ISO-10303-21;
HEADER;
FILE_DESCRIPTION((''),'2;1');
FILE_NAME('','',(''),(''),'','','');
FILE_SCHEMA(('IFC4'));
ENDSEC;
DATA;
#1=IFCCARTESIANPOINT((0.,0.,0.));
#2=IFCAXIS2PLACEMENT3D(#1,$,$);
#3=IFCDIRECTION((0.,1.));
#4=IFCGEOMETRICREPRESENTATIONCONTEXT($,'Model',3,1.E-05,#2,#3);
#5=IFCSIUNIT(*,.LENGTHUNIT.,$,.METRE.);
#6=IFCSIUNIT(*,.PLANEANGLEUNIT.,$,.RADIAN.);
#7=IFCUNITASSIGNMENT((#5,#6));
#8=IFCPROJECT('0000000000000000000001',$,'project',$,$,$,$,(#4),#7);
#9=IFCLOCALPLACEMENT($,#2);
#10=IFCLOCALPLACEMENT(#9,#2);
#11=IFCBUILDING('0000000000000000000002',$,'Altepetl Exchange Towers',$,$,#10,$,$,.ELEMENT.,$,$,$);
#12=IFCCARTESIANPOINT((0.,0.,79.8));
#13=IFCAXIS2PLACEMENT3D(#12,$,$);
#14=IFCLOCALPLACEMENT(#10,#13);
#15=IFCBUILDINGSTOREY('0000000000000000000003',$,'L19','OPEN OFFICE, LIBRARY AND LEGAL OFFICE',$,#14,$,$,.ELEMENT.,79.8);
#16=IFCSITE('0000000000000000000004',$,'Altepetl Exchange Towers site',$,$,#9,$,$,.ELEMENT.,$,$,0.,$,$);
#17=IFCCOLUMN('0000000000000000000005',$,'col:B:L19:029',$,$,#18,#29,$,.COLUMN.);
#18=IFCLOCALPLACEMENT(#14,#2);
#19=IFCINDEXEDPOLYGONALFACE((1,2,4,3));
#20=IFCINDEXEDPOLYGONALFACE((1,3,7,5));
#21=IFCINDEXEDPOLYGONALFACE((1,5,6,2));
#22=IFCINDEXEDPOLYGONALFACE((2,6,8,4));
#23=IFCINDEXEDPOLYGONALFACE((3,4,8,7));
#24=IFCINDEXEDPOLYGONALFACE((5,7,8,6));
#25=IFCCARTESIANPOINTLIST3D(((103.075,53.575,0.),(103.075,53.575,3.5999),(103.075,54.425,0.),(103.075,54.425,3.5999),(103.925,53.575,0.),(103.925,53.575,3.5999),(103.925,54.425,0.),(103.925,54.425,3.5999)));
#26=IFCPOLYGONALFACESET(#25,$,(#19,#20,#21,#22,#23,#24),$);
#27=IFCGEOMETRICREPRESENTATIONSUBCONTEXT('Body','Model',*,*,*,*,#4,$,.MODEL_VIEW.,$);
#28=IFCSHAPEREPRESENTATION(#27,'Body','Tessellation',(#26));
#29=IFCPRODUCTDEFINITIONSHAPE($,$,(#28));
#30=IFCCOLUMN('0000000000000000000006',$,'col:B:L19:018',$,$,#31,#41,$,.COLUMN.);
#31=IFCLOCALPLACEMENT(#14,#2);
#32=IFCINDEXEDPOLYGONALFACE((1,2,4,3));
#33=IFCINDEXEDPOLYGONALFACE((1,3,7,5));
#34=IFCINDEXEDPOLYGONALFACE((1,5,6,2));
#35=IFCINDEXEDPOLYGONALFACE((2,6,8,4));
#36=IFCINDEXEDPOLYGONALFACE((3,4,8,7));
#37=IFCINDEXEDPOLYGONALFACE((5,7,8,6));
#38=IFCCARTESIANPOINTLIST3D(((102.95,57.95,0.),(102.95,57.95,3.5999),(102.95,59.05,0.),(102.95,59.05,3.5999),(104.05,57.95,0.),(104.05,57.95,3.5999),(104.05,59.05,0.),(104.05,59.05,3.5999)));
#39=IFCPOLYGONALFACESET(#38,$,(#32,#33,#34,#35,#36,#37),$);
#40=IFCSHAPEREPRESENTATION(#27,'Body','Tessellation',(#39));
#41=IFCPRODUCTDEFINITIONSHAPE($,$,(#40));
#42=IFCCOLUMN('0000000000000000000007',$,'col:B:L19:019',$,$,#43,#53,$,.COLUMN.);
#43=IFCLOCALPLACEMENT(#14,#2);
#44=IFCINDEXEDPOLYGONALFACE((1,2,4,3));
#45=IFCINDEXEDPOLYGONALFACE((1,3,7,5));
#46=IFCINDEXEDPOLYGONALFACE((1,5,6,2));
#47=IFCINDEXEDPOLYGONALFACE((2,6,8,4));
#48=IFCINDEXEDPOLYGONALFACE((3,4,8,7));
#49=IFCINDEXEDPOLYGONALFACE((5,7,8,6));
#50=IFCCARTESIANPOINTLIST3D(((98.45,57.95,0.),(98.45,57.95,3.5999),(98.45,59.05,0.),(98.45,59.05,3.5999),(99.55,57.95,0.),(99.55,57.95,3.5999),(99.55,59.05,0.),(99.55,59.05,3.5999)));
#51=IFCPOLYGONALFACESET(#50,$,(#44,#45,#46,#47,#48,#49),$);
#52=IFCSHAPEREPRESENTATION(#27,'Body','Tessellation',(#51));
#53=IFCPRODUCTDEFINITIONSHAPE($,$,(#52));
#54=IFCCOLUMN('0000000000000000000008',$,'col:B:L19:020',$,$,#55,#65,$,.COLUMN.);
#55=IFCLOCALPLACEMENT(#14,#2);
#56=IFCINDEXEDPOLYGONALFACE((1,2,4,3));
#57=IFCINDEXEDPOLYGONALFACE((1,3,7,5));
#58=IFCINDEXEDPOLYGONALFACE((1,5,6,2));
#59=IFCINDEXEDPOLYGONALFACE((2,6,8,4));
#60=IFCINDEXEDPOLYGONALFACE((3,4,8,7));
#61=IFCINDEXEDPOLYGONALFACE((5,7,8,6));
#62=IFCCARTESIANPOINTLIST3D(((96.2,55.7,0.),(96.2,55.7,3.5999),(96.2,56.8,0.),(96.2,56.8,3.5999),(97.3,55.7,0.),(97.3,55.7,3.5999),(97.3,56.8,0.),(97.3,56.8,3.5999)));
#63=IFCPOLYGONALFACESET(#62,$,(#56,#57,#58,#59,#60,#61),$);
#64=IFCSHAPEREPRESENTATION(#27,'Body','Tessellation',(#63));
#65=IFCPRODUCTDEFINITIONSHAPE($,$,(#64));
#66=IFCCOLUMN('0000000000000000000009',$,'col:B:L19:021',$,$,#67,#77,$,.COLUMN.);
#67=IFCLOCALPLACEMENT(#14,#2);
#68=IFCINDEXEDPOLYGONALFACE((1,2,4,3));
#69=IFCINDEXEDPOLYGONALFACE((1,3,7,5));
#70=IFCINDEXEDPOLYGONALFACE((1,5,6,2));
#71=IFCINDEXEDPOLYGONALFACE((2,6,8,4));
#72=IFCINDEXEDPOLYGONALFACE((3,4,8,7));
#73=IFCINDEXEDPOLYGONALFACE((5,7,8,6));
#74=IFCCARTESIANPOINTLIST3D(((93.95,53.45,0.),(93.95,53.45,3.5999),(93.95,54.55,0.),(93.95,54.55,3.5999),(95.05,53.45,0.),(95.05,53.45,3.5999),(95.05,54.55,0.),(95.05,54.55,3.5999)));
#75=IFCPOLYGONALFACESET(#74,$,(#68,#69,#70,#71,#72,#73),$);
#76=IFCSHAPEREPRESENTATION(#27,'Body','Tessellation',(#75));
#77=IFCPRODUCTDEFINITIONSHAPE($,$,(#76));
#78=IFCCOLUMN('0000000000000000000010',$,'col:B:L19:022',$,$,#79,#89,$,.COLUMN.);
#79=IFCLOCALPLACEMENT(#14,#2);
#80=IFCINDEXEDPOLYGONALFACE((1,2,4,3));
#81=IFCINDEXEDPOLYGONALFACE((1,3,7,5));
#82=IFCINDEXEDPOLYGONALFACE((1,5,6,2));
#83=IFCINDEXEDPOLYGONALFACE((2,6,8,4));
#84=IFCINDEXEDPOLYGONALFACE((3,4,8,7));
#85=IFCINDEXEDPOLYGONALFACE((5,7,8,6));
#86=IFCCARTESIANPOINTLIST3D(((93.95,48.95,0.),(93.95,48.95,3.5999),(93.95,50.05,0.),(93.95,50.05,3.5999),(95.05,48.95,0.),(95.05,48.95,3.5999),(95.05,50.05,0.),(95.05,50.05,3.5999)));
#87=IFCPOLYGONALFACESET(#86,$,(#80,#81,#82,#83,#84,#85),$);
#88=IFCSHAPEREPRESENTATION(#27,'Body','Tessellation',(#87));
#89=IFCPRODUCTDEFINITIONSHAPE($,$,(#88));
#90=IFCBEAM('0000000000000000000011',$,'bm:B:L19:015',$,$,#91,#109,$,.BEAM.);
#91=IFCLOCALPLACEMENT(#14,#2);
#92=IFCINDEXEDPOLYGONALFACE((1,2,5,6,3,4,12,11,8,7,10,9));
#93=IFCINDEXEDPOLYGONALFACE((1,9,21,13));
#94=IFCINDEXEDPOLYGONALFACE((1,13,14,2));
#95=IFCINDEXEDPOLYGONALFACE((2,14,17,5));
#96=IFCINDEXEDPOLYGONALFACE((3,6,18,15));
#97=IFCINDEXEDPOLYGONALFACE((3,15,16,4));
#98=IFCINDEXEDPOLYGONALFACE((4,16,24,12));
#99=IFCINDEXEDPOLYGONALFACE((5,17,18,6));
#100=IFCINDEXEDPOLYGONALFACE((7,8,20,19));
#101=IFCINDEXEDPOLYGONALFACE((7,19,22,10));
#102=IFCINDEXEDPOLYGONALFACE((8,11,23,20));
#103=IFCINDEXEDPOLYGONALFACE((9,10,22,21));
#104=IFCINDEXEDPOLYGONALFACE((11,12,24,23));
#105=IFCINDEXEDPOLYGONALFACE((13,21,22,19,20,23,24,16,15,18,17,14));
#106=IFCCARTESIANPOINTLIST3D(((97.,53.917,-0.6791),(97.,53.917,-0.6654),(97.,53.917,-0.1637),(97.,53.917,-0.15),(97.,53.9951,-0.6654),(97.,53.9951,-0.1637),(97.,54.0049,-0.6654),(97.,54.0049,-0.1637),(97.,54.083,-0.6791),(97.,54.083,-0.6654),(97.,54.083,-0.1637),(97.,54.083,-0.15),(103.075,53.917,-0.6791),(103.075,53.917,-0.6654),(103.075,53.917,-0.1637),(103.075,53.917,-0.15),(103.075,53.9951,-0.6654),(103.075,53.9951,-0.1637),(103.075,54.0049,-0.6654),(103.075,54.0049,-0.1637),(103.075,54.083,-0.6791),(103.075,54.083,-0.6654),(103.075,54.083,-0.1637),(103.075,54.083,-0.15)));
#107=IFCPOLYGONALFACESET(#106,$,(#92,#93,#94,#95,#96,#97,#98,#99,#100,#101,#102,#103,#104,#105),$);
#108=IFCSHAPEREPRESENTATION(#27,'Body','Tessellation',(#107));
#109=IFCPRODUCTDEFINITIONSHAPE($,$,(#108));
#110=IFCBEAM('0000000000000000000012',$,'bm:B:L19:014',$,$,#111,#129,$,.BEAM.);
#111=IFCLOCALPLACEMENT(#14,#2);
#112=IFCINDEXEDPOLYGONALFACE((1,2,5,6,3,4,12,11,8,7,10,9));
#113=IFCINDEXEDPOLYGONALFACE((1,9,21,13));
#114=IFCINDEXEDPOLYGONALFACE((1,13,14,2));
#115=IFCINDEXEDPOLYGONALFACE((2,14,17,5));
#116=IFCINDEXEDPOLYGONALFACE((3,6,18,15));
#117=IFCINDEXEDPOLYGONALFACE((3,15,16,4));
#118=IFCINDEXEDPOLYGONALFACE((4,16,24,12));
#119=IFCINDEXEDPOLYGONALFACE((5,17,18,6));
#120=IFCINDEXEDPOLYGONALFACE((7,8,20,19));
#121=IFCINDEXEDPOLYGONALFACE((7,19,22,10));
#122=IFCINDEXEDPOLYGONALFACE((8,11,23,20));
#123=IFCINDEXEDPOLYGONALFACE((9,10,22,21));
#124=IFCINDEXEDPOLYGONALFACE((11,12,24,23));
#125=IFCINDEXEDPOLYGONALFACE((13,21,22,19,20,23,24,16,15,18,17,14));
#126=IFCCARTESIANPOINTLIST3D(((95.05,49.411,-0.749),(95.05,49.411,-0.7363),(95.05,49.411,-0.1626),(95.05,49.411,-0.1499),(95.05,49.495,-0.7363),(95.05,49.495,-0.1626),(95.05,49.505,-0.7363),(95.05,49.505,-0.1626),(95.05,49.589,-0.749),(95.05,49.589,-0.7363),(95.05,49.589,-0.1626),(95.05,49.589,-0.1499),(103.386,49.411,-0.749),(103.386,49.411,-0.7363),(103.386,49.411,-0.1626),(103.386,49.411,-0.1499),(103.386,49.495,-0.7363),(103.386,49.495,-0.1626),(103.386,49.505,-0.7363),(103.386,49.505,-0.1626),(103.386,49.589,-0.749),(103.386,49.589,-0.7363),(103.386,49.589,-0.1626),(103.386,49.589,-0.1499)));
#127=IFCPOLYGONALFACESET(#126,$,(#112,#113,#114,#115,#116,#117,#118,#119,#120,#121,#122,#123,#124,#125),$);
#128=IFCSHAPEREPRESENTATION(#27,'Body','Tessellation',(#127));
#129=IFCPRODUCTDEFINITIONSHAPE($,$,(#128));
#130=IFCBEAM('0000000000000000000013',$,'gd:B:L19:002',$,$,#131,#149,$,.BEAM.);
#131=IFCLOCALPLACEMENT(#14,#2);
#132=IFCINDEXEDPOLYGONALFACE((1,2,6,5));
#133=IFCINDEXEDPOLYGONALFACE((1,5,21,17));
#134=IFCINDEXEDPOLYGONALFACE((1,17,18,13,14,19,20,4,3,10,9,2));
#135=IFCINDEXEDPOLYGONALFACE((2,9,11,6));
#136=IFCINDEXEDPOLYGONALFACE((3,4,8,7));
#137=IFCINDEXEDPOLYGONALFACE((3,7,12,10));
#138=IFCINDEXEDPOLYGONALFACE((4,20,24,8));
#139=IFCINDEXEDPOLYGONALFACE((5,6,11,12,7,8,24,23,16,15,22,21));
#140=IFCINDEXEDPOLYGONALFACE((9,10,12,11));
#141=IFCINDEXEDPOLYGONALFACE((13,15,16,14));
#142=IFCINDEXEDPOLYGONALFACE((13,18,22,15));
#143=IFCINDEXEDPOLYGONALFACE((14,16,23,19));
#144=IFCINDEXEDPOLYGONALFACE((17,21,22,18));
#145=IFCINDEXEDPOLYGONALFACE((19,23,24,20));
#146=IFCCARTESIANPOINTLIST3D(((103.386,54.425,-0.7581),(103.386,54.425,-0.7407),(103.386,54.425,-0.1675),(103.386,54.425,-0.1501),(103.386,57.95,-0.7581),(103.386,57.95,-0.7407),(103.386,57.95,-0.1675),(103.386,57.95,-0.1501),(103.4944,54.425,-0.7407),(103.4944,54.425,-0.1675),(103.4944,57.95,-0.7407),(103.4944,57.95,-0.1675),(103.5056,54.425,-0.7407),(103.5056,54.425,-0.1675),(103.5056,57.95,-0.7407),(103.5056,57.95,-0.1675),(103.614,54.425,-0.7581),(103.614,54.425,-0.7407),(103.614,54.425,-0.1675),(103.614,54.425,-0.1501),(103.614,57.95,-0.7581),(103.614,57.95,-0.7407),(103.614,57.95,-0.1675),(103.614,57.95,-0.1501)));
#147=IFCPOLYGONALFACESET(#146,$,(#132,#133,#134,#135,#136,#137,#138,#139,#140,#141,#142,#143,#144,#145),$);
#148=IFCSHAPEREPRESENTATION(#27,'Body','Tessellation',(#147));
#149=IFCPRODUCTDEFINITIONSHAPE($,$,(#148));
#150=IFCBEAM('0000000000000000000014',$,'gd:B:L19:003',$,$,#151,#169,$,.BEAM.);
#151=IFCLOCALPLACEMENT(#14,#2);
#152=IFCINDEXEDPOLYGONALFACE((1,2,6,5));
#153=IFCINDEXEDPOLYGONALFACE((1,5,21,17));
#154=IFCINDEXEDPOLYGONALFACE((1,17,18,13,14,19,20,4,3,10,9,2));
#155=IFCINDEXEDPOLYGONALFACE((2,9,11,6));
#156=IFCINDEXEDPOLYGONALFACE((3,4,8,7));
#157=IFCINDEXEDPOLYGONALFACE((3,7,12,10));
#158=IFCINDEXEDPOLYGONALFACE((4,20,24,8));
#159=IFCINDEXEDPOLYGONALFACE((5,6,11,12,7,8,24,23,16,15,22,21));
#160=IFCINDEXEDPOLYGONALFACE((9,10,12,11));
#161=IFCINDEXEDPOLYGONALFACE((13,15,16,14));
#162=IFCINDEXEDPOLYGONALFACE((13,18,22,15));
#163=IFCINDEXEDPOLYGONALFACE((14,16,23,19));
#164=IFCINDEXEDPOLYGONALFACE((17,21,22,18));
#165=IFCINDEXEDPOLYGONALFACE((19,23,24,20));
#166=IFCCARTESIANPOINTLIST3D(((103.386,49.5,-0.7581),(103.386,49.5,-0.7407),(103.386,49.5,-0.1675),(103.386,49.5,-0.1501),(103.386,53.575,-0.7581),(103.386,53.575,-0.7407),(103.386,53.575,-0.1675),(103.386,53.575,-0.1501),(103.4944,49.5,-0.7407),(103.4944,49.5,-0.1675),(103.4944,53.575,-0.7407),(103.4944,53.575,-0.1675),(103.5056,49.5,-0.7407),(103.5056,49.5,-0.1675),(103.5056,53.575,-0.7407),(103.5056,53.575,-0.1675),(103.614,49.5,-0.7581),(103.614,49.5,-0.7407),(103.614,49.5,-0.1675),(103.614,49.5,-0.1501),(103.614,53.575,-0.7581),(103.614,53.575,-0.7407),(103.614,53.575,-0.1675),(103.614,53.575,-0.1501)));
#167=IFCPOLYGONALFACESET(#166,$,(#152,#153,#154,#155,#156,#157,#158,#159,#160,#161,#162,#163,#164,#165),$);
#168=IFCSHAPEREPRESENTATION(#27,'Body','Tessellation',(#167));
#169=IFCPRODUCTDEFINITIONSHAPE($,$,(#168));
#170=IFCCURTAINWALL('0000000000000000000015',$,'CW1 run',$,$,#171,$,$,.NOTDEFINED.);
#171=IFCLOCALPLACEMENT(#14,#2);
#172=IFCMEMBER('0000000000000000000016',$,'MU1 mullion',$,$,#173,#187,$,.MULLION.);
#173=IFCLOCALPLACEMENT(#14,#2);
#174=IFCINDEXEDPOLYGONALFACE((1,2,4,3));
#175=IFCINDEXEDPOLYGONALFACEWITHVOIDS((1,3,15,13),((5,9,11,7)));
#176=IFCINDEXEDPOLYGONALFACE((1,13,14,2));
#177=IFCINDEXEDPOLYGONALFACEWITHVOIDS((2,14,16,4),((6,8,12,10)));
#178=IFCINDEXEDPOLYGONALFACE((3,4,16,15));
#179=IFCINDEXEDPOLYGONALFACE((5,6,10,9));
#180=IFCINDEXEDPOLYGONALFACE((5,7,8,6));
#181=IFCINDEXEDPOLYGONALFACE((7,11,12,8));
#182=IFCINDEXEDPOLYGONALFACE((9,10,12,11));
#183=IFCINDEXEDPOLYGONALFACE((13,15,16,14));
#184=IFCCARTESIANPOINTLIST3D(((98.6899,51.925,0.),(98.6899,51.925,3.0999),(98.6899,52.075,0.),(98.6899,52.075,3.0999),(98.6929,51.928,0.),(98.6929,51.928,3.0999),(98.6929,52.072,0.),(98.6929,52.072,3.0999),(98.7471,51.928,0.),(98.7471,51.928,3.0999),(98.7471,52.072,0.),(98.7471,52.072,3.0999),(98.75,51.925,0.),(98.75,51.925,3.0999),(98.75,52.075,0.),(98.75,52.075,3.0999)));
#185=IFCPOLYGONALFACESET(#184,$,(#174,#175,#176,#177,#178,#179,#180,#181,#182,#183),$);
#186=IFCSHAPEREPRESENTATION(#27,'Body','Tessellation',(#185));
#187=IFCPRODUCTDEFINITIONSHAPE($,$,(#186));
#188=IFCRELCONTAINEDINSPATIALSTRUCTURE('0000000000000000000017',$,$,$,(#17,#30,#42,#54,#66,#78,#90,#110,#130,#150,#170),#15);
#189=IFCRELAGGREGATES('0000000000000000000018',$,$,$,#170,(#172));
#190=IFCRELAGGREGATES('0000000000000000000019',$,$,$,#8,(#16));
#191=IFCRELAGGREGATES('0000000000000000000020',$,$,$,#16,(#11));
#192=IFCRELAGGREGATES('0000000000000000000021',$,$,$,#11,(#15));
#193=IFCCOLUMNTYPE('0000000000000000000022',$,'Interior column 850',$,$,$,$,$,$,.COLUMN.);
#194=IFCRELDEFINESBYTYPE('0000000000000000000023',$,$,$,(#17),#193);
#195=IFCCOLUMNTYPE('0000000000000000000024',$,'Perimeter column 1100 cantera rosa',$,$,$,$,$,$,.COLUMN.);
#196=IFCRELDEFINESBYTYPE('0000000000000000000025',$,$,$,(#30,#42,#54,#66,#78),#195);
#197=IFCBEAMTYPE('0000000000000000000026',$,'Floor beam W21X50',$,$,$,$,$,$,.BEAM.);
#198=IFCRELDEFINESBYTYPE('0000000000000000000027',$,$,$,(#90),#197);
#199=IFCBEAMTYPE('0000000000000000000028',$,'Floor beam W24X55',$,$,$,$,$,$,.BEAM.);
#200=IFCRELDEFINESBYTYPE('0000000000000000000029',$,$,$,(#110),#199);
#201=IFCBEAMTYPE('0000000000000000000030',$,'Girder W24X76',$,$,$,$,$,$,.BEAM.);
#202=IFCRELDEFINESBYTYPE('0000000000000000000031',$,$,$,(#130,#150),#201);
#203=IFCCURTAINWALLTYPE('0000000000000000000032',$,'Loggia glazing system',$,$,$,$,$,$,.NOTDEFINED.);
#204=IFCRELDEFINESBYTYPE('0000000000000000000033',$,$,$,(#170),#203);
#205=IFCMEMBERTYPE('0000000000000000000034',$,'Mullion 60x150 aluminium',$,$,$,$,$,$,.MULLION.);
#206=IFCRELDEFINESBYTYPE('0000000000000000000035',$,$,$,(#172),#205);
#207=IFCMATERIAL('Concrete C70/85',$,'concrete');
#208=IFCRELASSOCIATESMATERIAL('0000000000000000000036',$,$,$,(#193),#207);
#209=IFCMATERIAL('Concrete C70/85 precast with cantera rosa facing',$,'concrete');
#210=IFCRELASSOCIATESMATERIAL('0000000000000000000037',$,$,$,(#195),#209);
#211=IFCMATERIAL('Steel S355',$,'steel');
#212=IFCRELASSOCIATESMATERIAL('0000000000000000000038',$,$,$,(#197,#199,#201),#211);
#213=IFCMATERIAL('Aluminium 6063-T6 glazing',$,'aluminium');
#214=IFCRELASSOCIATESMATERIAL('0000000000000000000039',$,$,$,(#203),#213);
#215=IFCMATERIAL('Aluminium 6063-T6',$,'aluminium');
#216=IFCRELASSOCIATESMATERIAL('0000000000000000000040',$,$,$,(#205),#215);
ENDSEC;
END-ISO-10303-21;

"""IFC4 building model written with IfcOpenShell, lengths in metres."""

from ifc_helpers import new_model, si_unit, direction, frame, origin, origin_2d, place, context, subcontext, project, spatial, rectangle, hollow_rectangle, i_section, extrude, material, material_profile, profile_set, type_object, element, aggregate, save


model = new_model("IFC4")

# Units and contexts
model_context = context("Model", 3, precision=1e-05, world=origin(), true_north=direction((0.0, 1.0)))
body_context = subcontext(model_context, "Body", "Model", "MODEL_VIEW")
ifc_project = project(units=[si_unit("LENGTHUNIT", "METRE"), si_unit("PLANEANGLEUNIT", "RADIAN")], contexts=[model_context])

# Site, building, storey
site_placement = place(None, origin())
site = spatial("IfcSite", under=ifc_project, at=site_placement, Name="Altepetl Exchange Towers site", CompositionType="ELEMENT", RefElevation=0.0)
building_placement = place(site_placement, origin())
building = spatial("IfcBuilding", under=site, at=building_placement, Name="Altepetl Exchange Towers", CompositionType="ELEMENT")
storey_placement = place(building_placement, frame((0.0, 0.0, 79.8)))
storey = spatial("IfcBuildingStorey", under=building, at=storey_placement, Name="L19", Description="OPEN OFFICE, LIBRARY AND LEGAL OFFICE", CompositionType="ELEMENT", Elevation=79.8)

# Columns
ifc_material_1 = material(Name="Concrete C70/85", Category="concrete")
ifc_material_profile_1 = material_profile(ifc_material_1, rectangle(XDim=0.8501, YDim=0.8501, at=origin_2d()), Name="850 x 850")
ifc_profile_set_1 = profile_set([ifc_material_profile_1], Name="Concrete C70/85")
column_type_1 = type_object("IfcColumnType", Name="Interior column 850", PredefinedType="COLUMN", material=ifc_profile_set_1)
column_placement = place(storey_placement, frame((103.5, 54.0, 0.0)))
element("IfcColumn", 1, at=column_placement, inside=storey, type_object=column_type_1, Name="col:B:L19:029", PredefinedType="COLUMN", context=body_context, shape_type="SweptSolid", body=[
    extrude(rectangle(XDim=0.8501, YDim=0.8501, at=origin_2d()), origin(), (0.0, 0.0, 1.0), 3.5999),
])
ifc_material_2 = material(Name="Concrete C70/85 precast with cantera rosa facing", Category="concrete")
ifc_material_profile_2 = material_profile(ifc_material_2, rectangle(XDim=1.1001, YDim=1.1001, at=origin_2d()), Name="1100 x 1100")
ifc_profile_set_2 = profile_set([ifc_material_profile_2], Name="Concrete C70/85 precast with cantera rosa facing")
column_type_2 = type_object("IfcColumnType", Name="Perimeter column 1100 cantera rosa", PredefinedType="COLUMN", material=ifc_profile_set_2)
for number, where, name in (
    (2, (103.5, 58.5, 0.0), "col:B:L19:018"),
    (3, (99.0, 58.5, 0.0), "col:B:L19:019"),
    (4, (96.75, 56.25, 0.0), "col:B:L19:020"),
    (5, (94.5, 54.0, 0.0), "col:B:L19:021"),
    (6, (94.5, 49.5, 0.0), "col:B:L19:022"),
):
    element("IfcColumn", number, at=place(storey_placement, frame(where)), inside=storey, type_object=column_type_2, Name=name, PredefinedType="COLUMN", context=body_context, shape_type="SweptSolid", body=[
        extrude(rectangle(XDim=1.1001, YDim=1.1001, at=origin_2d()), origin(), (0.0, 0.0, 1.0), 3.5999),
    ])

# Beams
ifc_material_3 = material(Name="Steel S355", Category="steel")
ifc_material_profile_3 = material_profile(ifc_material_3, i_section(OverallWidth=0.166, OverallDepth=0.5291, WebThickness=0.0098, FlangeThickness=0.0137, at=origin_2d()), Name="W21X50")
ifc_profile_set_3 = profile_set([ifc_material_profile_3], Name="Steel S355")
beam_type_1 = type_object("IfcBeamType", Name="Floor beam W21X50", PredefinedType="BEAM", material=ifc_profile_set_3)
beam_1_placement = place(storey_placement, frame((97.0, 54.0, -0.4146), z_axis=(1.0, 0.0, 0.0), x_axis=(0.0, 1.0, 0.0)))
element("IfcBeam", 7, at=beam_1_placement, inside=storey, type_object=beam_type_1, Name="bm:B:L19:015", PredefinedType="BEAM", context=body_context, shape_type="SweptSolid", body=[
    extrude(i_section(OverallWidth=0.166, OverallDepth=0.5291, WebThickness=0.0098, FlangeThickness=0.0137, at=origin_2d()), origin(), (0.0, 0.0, 1.0), 6.075),
])
ifc_material_profile_4 = material_profile(ifc_material_3, i_section(OverallWidth=0.178, OverallDepth=0.5991, WebThickness=0.01, FlangeThickness=0.0127, at=origin_2d()), Name="W24X55")
ifc_profile_set_4 = profile_set([ifc_material_profile_4], Name="Steel S355")
beam_type_2 = type_object("IfcBeamType", Name="Floor beam W24X55", PredefinedType="BEAM", material=ifc_profile_set_4)
beam_2_placement = place(storey_placement, frame((95.05, 49.5, -0.4495), z_axis=(1.0, 0.0, 0.0), x_axis=(0.0, 1.0, 0.0)))
element("IfcBeam", 8, at=beam_2_placement, inside=storey, type_object=beam_type_2, Name="bm:B:L19:014", PredefinedType="BEAM", context=body_context, shape_type="SweptSolid", body=[
    extrude(i_section(OverallWidth=0.178, OverallDepth=0.5991, WebThickness=0.01, FlangeThickness=0.0127, at=origin_2d()), origin(), (0.0, 0.0, 1.0), 8.3359),
])
ifc_material_profile_5 = material_profile(ifc_material_3, i_section(OverallWidth=0.228, OverallDepth=0.6079, WebThickness=0.0112, FlangeThickness=0.0173, at=origin_2d()), Name="W24X76")
ifc_profile_set_5 = profile_set([ifc_material_profile_5], Name="Steel S355")
beam_type_3 = type_object("IfcBeamType", Name="Girder W24X76", PredefinedType="BEAM", material=ifc_profile_set_5)
beam_3_placement = place(storey_placement, frame((103.5, 57.95, -0.4541), z_axis=(0.0, -1.0, 0.0), x_axis=(1.0, 0.0, 0.0)))
element("IfcBeam", 9, at=beam_3_placement, inside=storey, type_object=beam_type_3, Name="gd:B:L19:002", PredefinedType="BEAM", context=body_context, shape_type="SweptSolid", body=[
    extrude(i_section(OverallWidth=0.228, OverallDepth=0.6079, WebThickness=0.0112, FlangeThickness=0.0173, at=origin_2d()), origin(), (0.0, 0.0, 1.0), 3.5249),
])
beam_4_placement = place(storey_placement, frame((103.5, 53.575, -0.4541), z_axis=(0.0, -1.0, 0.0), x_axis=(1.0, 0.0, 0.0)))
element("IfcBeam", 10, at=beam_4_placement, inside=storey, type_object=beam_type_3, Name="gd:B:L19:003", PredefinedType="BEAM", context=body_context, shape_type="SweptSolid", body=[
    extrude(i_section(OverallWidth=0.228, OverallDepth=0.6079, WebThickness=0.0112, FlangeThickness=0.0173, at=origin_2d()), origin(), (0.0, 0.0, 1.0), 4.075),
])

# Curtain wall, member
ifc_material_4 = material(Name="Aluminium 6063-T6 glazing", Category="aluminium")
curtain_wall_type = type_object("IfcCurtainWallType", Name="Loggia glazing system", PredefinedType="NOTDEFINED", material=ifc_material_4)
curtain_wall_1_placement = place(storey_placement, origin())
curtain_wall_1 = element("IfcCurtainWall", 11, at=curtain_wall_1_placement, inside=storey, type_object=curtain_wall_type, Name="CW1 run", PredefinedType="NOTDEFINED")
ifc_material_5 = material(Name="Aluminium 6063-T6", Category="aluminium")
ifc_material_profile_6 = material_profile(ifc_material_5, hollow_rectangle(XDim=0.0601, YDim=0.1499, WallThickness=0.0029, at=origin_2d()), Name="Mullion 60x150 aluminium")
ifc_profile_set_6 = profile_set([ifc_material_profile_6], Name="Aluminium 6063-T6")
member_type = type_object("IfcMemberType", Name="Mullion 60x150 aluminium", PredefinedType="MULLION", material=ifc_profile_set_6)
member_1_placement = place(storey_placement, frame((98.72, 52.0, 0.0), z_axis=(0.0, 0.0, 1.0), x_axis=(-1.0, 0.0, 0.0)))
member_1 = element("IfcMember", 12, at=member_1_placement, type_object=member_type, Name="MU1 mullion", PredefinedType="MULLION", context=body_context, shape_type="SweptSolid", body=[
    extrude(hollow_rectangle(XDim=0.0601, YDim=0.1499, WallThickness=0.0029, at=origin_2d()), origin(), (0.0, 0.0, 1.0), 3.0999),
])

aggregate(curtain_wall_1, [member_1])

save(model, "model.ifc")
